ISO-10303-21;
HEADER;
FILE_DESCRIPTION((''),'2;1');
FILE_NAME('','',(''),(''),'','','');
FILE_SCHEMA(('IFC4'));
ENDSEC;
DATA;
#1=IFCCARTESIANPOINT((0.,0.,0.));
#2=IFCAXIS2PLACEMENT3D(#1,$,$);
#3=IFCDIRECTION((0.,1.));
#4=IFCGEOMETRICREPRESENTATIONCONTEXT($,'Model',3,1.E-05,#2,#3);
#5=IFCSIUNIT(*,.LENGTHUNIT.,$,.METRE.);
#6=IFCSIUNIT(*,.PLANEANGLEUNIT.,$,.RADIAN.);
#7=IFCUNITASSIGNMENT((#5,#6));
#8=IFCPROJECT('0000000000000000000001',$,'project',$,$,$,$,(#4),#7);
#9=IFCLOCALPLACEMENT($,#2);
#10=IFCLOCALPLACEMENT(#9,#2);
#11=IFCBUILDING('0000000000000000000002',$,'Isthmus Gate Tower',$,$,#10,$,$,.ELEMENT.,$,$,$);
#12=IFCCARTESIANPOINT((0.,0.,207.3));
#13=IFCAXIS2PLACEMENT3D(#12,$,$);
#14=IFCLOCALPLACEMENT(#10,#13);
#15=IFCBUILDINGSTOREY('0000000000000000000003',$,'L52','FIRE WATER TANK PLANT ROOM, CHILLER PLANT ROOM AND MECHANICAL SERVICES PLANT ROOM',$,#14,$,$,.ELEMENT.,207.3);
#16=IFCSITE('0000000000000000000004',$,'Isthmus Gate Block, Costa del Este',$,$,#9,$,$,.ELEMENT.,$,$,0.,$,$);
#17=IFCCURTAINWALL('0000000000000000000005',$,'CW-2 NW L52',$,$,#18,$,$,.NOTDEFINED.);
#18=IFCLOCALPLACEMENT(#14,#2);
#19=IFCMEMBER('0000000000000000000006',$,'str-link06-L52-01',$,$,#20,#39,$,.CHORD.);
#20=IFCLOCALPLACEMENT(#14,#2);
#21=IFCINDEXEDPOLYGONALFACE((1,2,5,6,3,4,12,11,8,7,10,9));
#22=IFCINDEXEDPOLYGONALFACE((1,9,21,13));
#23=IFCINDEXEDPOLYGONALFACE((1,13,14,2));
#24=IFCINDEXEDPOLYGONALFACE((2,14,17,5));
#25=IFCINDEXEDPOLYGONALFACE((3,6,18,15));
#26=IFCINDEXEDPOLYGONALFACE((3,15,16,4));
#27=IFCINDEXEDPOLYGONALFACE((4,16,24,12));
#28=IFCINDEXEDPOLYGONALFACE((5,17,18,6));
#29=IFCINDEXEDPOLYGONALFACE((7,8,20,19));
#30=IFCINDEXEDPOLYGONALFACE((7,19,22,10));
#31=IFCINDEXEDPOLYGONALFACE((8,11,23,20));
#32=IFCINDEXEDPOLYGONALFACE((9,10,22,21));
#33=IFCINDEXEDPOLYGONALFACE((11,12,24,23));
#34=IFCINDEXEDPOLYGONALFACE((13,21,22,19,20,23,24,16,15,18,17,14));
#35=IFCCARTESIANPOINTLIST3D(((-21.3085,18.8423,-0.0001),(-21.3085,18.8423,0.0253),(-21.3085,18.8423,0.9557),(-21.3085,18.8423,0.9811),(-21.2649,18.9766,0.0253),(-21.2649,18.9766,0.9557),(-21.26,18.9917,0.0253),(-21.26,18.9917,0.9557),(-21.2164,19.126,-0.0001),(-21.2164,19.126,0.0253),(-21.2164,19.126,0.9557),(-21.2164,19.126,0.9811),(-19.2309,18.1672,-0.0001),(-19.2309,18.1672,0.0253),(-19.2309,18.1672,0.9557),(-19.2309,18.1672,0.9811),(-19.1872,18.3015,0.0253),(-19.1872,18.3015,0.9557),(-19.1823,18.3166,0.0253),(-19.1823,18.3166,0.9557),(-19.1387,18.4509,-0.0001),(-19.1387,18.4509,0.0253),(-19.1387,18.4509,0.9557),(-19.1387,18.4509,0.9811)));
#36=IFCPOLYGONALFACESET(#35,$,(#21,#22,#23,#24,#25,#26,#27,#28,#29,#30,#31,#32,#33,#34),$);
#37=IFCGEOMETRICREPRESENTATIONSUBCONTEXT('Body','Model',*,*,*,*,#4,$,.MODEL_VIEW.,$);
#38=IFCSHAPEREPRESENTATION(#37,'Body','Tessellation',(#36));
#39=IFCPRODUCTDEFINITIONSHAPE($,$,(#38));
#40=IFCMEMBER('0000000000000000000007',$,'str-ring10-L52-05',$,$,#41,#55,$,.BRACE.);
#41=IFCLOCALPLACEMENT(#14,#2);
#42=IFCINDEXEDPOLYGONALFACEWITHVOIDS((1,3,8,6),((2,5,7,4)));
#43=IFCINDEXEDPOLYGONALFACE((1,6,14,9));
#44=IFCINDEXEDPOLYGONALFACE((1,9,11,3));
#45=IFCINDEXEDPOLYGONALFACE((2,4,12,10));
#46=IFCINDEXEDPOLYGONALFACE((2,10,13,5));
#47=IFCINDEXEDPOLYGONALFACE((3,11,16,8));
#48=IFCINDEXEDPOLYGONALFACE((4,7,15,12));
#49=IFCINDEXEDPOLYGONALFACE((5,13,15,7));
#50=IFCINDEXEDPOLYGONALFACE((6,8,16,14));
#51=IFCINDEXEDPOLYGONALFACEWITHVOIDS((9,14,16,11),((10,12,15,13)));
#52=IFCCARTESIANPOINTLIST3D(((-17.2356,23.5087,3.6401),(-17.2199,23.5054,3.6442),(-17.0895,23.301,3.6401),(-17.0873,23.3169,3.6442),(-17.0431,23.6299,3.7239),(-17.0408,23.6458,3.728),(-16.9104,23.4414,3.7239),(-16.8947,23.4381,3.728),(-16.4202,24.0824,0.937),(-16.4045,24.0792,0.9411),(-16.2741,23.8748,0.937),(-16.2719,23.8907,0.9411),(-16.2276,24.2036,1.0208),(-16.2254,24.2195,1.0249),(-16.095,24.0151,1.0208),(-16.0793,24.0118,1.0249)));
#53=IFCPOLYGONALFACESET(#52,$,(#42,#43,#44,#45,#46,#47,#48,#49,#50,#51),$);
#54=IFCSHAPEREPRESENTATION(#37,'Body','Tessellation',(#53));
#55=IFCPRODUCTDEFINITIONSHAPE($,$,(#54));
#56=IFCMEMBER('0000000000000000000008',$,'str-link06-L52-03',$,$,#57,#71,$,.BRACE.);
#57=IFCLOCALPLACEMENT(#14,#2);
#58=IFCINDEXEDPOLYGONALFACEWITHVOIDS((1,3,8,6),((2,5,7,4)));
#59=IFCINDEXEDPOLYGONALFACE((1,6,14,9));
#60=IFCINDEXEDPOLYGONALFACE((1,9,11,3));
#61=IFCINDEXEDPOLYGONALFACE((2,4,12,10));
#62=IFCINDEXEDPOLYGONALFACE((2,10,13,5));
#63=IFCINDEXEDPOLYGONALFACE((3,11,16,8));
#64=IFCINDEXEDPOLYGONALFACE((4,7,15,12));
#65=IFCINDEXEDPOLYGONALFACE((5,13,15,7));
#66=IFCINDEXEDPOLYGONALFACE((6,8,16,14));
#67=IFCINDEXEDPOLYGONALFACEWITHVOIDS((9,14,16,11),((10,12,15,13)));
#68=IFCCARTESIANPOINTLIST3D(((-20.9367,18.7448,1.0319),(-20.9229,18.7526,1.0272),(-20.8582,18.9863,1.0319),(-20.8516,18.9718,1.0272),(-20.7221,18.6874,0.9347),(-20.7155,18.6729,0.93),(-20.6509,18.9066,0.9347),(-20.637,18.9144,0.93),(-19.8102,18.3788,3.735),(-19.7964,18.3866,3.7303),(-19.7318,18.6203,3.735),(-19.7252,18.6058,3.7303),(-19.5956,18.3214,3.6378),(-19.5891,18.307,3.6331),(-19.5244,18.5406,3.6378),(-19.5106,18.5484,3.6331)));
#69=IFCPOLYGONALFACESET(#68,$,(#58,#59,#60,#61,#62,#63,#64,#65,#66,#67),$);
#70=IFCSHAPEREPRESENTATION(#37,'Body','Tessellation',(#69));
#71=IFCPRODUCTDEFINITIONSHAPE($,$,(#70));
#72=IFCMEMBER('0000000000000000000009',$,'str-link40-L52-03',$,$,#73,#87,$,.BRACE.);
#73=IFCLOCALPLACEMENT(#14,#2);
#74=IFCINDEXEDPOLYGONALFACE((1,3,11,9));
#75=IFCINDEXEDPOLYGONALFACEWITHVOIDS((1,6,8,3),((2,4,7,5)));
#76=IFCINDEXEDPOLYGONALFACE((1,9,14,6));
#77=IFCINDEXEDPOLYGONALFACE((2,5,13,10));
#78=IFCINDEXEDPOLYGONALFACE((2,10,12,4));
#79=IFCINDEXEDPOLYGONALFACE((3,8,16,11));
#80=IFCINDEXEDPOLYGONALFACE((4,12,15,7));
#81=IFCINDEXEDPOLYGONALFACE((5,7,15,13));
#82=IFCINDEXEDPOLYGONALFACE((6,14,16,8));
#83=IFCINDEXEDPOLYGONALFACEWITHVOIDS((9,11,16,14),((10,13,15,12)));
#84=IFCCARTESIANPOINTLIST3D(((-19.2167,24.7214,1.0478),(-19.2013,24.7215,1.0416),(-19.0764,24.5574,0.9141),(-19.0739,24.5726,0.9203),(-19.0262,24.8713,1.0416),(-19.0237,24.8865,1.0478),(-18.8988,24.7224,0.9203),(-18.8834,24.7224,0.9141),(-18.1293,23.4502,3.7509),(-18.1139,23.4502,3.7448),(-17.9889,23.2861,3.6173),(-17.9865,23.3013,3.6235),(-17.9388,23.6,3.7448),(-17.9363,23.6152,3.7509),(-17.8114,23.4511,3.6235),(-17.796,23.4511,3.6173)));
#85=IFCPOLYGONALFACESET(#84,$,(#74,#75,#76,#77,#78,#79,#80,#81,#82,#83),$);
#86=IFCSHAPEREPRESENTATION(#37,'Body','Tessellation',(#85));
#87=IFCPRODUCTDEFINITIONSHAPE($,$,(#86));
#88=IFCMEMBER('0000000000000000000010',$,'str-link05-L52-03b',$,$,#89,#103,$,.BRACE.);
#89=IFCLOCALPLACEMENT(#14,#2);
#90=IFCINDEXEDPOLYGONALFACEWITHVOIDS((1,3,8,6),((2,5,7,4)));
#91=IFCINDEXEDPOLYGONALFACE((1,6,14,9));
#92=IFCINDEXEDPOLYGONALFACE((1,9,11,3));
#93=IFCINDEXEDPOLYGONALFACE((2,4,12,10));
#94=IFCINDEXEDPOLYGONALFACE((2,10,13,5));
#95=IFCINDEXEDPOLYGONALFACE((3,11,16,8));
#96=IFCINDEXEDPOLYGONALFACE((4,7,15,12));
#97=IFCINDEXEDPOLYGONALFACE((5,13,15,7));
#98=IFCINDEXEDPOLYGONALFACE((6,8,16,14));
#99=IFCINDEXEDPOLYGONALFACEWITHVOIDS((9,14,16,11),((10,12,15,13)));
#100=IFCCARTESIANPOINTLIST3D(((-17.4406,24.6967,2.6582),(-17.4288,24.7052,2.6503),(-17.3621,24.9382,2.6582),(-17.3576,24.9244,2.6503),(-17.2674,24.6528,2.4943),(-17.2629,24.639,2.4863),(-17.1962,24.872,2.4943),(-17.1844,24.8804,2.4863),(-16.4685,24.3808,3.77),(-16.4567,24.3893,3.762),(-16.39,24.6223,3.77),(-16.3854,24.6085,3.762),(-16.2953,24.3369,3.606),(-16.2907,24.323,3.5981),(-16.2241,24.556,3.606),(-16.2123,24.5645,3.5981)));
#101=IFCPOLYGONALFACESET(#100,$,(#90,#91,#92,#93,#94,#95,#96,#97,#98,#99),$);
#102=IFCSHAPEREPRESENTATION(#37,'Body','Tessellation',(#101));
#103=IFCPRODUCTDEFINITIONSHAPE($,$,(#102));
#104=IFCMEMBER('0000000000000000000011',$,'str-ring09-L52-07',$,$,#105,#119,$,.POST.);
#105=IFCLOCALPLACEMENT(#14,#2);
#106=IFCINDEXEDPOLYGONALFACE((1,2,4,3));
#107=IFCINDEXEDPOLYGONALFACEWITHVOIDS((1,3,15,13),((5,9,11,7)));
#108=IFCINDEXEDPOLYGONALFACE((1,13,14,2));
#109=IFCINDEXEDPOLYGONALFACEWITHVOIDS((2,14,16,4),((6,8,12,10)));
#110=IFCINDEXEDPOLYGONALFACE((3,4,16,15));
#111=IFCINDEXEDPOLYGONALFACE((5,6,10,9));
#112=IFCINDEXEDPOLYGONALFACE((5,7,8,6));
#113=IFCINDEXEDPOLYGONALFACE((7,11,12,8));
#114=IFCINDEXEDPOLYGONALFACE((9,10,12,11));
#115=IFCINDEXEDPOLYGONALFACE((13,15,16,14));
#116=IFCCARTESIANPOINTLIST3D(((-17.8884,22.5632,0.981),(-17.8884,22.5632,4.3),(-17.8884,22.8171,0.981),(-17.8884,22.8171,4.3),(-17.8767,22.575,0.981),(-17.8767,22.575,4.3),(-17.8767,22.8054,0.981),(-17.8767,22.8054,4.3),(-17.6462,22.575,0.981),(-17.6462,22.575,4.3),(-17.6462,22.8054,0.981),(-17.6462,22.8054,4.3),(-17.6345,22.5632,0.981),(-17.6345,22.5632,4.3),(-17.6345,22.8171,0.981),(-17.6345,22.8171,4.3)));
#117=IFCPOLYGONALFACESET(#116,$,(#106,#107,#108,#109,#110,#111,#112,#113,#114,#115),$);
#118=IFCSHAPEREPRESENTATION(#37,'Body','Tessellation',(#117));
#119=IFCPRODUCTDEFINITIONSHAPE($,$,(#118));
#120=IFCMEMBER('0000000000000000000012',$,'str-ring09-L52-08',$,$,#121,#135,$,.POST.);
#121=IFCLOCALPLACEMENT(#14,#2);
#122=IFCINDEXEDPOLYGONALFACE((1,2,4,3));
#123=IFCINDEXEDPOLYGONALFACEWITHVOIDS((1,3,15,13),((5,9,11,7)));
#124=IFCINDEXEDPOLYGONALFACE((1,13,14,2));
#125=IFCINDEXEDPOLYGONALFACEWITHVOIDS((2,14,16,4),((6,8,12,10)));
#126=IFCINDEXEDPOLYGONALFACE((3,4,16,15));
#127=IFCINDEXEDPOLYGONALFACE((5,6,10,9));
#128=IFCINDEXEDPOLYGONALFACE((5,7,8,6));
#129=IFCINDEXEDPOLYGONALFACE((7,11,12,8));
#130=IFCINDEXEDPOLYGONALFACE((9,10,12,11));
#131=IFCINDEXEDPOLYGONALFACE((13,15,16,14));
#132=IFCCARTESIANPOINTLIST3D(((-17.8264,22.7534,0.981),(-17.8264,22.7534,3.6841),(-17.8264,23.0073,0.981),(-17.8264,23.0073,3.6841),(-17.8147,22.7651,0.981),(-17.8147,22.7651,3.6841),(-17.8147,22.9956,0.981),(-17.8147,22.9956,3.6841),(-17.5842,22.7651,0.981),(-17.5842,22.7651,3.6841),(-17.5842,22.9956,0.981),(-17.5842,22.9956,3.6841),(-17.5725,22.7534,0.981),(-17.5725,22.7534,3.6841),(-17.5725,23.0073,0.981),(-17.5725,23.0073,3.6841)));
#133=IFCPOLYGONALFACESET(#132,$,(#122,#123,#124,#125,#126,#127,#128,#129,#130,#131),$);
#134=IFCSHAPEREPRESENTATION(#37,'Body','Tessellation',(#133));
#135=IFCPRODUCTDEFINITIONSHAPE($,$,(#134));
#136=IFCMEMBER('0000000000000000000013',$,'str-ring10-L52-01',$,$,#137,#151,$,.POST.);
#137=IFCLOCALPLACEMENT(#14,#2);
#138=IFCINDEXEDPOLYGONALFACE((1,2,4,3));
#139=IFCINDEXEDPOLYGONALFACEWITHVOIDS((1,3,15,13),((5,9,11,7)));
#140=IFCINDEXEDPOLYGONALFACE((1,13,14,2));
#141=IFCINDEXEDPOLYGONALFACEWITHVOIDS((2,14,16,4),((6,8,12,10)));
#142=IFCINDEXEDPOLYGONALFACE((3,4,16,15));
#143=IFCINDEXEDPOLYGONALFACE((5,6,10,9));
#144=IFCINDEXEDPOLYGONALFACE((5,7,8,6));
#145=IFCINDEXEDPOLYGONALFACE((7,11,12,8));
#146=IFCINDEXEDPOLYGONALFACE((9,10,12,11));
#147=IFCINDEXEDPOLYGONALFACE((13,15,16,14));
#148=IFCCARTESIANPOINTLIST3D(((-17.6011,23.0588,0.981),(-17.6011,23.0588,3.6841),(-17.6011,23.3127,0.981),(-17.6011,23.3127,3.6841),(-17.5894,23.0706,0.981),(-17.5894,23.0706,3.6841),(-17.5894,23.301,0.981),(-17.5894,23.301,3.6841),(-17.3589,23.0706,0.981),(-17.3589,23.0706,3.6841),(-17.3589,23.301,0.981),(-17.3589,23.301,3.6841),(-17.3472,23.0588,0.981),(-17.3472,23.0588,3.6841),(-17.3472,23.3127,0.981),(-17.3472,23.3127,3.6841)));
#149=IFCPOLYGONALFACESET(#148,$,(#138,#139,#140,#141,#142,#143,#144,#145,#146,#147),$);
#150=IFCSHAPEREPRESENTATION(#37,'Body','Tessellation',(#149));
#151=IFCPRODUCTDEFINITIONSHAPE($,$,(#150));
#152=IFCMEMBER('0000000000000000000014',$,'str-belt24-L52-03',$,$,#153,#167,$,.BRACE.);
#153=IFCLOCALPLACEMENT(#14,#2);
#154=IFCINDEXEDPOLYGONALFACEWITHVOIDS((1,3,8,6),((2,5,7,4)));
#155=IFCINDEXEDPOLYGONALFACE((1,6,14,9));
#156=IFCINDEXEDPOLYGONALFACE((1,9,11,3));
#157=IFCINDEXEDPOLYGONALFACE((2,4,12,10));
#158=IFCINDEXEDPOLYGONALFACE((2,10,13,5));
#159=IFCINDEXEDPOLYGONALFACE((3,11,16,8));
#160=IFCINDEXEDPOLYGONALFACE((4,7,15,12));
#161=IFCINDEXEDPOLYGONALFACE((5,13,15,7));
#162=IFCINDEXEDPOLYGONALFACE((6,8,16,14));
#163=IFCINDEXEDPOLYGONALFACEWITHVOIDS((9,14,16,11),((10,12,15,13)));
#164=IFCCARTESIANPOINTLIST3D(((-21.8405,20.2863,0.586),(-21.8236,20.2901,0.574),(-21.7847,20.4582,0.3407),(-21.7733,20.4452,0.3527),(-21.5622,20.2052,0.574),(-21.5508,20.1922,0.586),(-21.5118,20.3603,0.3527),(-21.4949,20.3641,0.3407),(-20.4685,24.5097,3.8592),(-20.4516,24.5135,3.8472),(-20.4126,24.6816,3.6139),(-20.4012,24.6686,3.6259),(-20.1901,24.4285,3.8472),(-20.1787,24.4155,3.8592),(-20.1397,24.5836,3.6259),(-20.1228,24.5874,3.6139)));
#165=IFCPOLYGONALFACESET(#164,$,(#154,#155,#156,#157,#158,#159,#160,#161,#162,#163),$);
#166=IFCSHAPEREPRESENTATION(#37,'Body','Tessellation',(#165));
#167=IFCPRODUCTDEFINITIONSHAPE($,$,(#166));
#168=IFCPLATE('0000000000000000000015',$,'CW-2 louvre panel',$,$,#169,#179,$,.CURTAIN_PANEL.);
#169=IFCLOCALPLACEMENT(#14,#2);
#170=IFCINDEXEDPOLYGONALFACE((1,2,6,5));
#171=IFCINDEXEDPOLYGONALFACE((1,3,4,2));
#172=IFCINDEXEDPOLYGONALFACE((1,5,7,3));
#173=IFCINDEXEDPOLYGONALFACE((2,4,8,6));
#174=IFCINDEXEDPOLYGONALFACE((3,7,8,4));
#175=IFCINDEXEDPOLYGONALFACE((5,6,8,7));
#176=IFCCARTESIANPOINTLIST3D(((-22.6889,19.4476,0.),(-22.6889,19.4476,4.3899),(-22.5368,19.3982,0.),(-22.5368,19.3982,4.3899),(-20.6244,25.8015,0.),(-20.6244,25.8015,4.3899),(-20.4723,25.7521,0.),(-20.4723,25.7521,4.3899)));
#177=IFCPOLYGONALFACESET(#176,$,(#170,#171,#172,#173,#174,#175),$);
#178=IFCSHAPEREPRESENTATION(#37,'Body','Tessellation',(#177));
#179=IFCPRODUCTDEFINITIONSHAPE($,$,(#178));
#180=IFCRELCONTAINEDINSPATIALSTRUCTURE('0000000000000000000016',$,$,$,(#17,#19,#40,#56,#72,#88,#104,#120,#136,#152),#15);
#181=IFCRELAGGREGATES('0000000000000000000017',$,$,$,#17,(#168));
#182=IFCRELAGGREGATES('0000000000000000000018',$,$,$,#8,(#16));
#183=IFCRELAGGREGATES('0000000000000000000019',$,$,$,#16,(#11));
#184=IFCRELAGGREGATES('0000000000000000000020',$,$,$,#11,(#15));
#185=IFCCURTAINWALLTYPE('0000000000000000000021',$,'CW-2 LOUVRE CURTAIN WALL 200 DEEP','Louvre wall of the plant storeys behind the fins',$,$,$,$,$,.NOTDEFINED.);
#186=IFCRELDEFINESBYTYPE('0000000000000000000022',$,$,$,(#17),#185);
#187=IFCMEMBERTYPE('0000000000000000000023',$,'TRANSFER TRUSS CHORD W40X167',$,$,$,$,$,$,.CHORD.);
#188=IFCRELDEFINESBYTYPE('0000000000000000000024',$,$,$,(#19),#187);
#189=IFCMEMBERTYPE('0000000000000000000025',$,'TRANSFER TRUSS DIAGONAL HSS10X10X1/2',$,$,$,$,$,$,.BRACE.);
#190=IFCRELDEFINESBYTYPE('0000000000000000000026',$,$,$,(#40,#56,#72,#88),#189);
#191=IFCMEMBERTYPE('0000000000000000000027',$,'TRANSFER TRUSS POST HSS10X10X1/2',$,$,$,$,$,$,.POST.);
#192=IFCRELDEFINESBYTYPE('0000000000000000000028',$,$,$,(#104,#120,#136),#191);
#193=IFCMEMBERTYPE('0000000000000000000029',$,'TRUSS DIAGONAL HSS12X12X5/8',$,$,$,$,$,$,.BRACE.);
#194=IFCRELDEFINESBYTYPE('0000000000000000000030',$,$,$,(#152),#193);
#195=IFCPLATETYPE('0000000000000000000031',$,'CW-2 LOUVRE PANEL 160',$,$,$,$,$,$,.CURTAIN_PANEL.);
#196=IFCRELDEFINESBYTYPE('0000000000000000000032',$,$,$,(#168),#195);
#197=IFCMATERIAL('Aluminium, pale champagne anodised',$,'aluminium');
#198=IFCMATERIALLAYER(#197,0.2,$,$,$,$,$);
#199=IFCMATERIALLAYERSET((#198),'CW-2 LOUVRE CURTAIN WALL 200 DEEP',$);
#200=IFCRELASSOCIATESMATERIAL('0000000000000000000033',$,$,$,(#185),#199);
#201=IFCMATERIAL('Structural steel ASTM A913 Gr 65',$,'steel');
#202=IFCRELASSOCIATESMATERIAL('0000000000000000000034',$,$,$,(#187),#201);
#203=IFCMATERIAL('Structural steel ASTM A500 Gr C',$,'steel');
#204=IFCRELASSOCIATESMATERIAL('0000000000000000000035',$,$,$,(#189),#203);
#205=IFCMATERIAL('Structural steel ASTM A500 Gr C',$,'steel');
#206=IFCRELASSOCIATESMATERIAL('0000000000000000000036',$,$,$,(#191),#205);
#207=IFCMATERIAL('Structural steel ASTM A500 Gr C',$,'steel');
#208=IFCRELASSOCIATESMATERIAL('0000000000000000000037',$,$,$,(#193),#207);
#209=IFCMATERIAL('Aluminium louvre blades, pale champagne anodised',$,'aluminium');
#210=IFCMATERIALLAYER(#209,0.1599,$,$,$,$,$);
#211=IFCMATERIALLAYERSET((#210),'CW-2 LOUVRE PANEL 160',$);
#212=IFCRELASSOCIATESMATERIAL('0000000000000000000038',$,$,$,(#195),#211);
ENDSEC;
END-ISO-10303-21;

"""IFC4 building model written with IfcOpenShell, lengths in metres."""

from ifc_helpers import new_model, si_unit, direction, frame, origin, origin_2d, place, context, subcontext, project, spatial, rectangle, hollow_rectangle, i_section, extrude, material, layer, layer_set, material_profile, profile_set, type_object, element, aggregate, save


model = new_model("IFC4")

# Units and contexts
model_context = context("Model", 3, precision=1e-05, world=origin(), true_north=direction((0.0, 1.0)))
body_context = subcontext(model_context, "Body", "Model", "MODEL_VIEW")
ifc_project = project(units=[si_unit("LENGTHUNIT", "METRE"), si_unit("PLANEANGLEUNIT", "RADIAN")], contexts=[model_context])

# Site, building, storey
site_placement = place(None, origin())
site = spatial("IfcSite", under=ifc_project, at=site_placement, Name="Isthmus Gate Block, Costa del Este", CompositionType="ELEMENT", RefElevation=0.0)
building_placement = place(site_placement, origin())
building = spatial("IfcBuilding", under=site, at=building_placement, Name="Isthmus Gate Tower", CompositionType="ELEMENT")
storey_placement = place(building_placement, frame((0.0, 0.0, 207.3)))
storey = spatial("IfcBuildingStorey", under=building, at=storey_placement, Name="L52", Description="FIRE WATER TANK PLANT ROOM, CHILLER PLANT ROOM AND MECHANICAL SERVICES PLANT ROOM", CompositionType="ELEMENT", Elevation=207.3)

# Curtain wall
ifc_material_1 = material(Name="Aluminium, pale champagne anodised", Category="aluminium")
ifc_layer_1 = layer(ifc_material_1, 0.2)
ifc_layer_set_1 = layer_set([ifc_layer_1], Name="CW-2 LOUVRE CURTAIN WALL 200 DEEP")
curtain_wall_type = type_object("IfcCurtainWallType", Name="CW-2 LOUVRE CURTAIN WALL 200 DEEP", Description="Louvre wall of the plant storeys behind the fins", PredefinedType="NOTDEFINED", material=ifc_layer_set_1)
curtain_wall_placement = place(storey_placement, origin())
curtain_wall = element("IfcCurtainWall", 1, at=curtain_wall_placement, inside=storey, type_object=curtain_wall_type, Name="CW-2 NW L52", PredefinedType="NOTDEFINED")

# Members
ifc_material_2 = material(Name="Structural steel ASTM A913 Gr 65", Category="steel")
ifc_material_profile_1 = material_profile(ifc_material_2, i_section(OverallWidth=0.2983, OverallDepth=0.9812, WebThickness=0.0159, FlangeThickness=0.0254, at=origin_2d()), Name="W40X167")
ifc_profile_set_1 = profile_set([ifc_material_profile_1], Name="Structural steel ASTM A913 Gr 65")
member_type_1 = type_object("IfcMemberType", Name="TRANSFER TRUSS CHORD W40X167", PredefinedType="CHORD", material=ifc_profile_set_1)
member_1_placement = place(storey_placement, frame((-21.2625, 18.9841, 0.4905), z_axis=(0.951059, -0.30901, 0.0), x_axis=(0.30901, 0.951059, 0.0)))
element("IfcMember", 2, at=member_1_placement, inside=storey, type_object=member_type_1, Name="str-link06-L52-01", PredefinedType="CHORD", context=body_context, shape_type="SweptSolid", body=[
    extrude(i_section(OverallWidth=0.2983, OverallDepth=0.9812, WebThickness=0.0159, FlangeThickness=0.0254, at=origin_2d()), origin(), (0.0, 0.0, 1.0), 2.1846),
])
ifc_material_3 = material(Name="Structural steel ASTM A500 Gr C", Category="steel")
ifc_material_profile_2 = material_profile(ifc_material_3, hollow_rectangle(XDim=0.2539, YDim=0.2539, WallThickness=0.0117, at=origin_2d()), Name="HSS10X10X1/2")
ifc_profile_set_2 = profile_set([ifc_material_profile_2], Name="Structural steel ASTM A500 Gr C")
member_type_2 = type_object("IfcMemberType", Name="TRANSFER TRUSS DIAGONAL HSS10X10X1/2", PredefinedType="BRACE", material=ifc_profile_set_2)
member_2_placement = place(storey_placement, frame((-16.2498, 24.0471, 0.981), z_axis=(-0.283023, -0.199133, 0.938213), x_axis=(0.575433, -0.817849, 0.0)))
element("IfcMember", 3, at=member_2_placement, inside=storey, type_object=member_type_2, Name="str-ring10-L52-05", PredefinedType="BRACE", context=body_context, shape_type="SweptSolid", body=[
    extrude(hollow_rectangle(XDim=0.2539, YDim=0.2539, WallThickness=0.0117, at=origin_2d()), origin(), (0.0, 0.0, 1.0), 2.8811),
])
member_3_placement = place(storey_placement, frame((-20.7869, 18.8296, 0.981), z_axis=(0.381694, -0.124005, 0.915933), x_axis=(0.308984, 0.951067, 0.0)))
element("IfcMember", 4, at=member_3_placement, inside=storey, type_object=member_type_2, Name="str-link06-L52-03", PredefinedType="BRACE", context=body_context, shape_type="SweptSolid", body=[
    extrude(hollow_rectangle(XDim=0.2539, YDim=0.2539, WallThickness=0.0117, at=origin_2d()), origin(), (0.0, 0.0, 1.0), 2.9512),
])
member_4_placement = place(storey_placement, frame((-19.05, 24.7219, 0.981), z_axis=(0.342069, -0.3999, 0.850334), x_axis=(0.759916, 0.650022, 0.0)))
element("IfcMember", 5, at=member_4_placement, inside=storey, type_object=member_type_2, Name="str-link40-L52-03", PredefinedType="BRACE", context=body_context, shape_type="SweptSolid", body=[
    extrude(hollow_rectangle(XDim=0.2539, YDim=0.2539, WallThickness=0.0117, at=origin_2d()), origin(), (0.0, 0.0, 1.0), 3.179),
])
member_5_placement = place(storey_placement, frame((-17.3125, 24.7886, 2.5723), z_axis=(0.643686, -0.209174, 0.736149), x_axis=(0.309054, 0.951045, 0.0)))
element("IfcMember", 6, at=member_5_placement, inside=storey, type_object=member_type_2, Name="str-link05-L52-03b", PredefinedType="BRACE", context=body_context, shape_type="SweptSolid", body=[
    extrude(hollow_rectangle(XDim=0.2539, YDim=0.2539, WallThickness=0.0117, at=origin_2d()), origin(), (0.0, 0.0, 1.0), 1.5103),
])
ifc_material_4 = material(Name="Structural steel ASTM A500 Gr C", Category="steel")
ifc_material_profile_3 = material_profile(ifc_material_4, hollow_rectangle(XDim=0.2539, YDim=0.2539, WallThickness=0.0117, at=origin_2d()), Name="HSS10X10X1/2")
ifc_profile_set_3 = profile_set([ifc_material_profile_3], Name="Structural steel ASTM A500 Gr C")
member_type_3 = type_object("IfcMemberType", Name="TRANSFER TRUSS POST HSS10X10X1/2", PredefinedType="POST", material=ifc_profile_set_3)
member_6_placement = place(storey_placement, frame((-17.7615, 22.6902, 0.981), z_axis=(0.0, 0.0, 1.0), x_axis=(1.0, 0.0, 0.0)))
element("IfcMember", 7, at=member_6_placement, inside=storey, type_object=member_type_3, Name="str-ring09-L52-07", PredefinedType="POST", context=body_context, shape_type="SweptSolid", body=[
    extrude(hollow_rectangle(XDim=0.2539, YDim=0.2539, WallThickness=0.0117, at=origin_2d()), origin(), (0.0, 0.0, 1.0), 3.3191),
])
for number, where, z_axis, x_axis, name in (
    (8, (-17.6995, 22.8804, 0.981), (0.0, 0.0, 1.0), (1.0, 0.0, 0.0), "str-ring09-L52-08"),
    (9, (-17.4741, 23.1858, 0.981), (0.0, 0.0, 1.0), (1.0, 0.0, 0.0), "str-ring10-L52-01"),
):
    element("IfcMember", number, at=place(storey_placement, frame(where, z_axis=z_axis, x_axis=x_axis)), inside=storey, type_object=member_type_3, Name=name, PredefinedType="POST", context=body_context, shape_type="SweptSolid", body=[
        extrude(hollow_rectangle(XDim=0.2539, YDim=0.2539, WallThickness=0.0117, at=origin_2d()), origin(), (0.0, 0.0, 1.0), 2.7031),
    ])
ifc_material_5 = material(Name="Structural steel ASTM A500 Gr C", Category="steel")
ifc_material_profile_4 = material_profile(ifc_material_5, hollow_rectangle(XDim=0.3047, YDim=0.3047, WallThickness=0.0149, at=origin_2d()), Name="HSS12X12X5/8")
ifc_profile_set_4 = profile_set([ifc_material_profile_4], Name="Structural steel ASTM A500 Gr C")
member_type_4 = type_object("IfcMemberType", Name="TRUSS DIAGONAL HSS12X12X5/8", PredefinedType="BRACE", material=ifc_profile_set_4)
member_7_placement = place(storey_placement, frame((-21.6677, 20.3252, 0.4634), z_axis=(0.248715, 0.765572, 0.59333), x_axis=(-0.951069, 0.308978, 0.0)))
element("IfcMember", 10, at=member_7_placement, inside=storey, type_object=member_type_4, Name="str-belt24-L52-03", PredefinedType="BRACE", context=body_context, shape_type="SweptSolid", body=[
    extrude(hollow_rectangle(XDim=0.3047, YDim=0.3047, WallThickness=0.0149, at=origin_2d()), origin(), (0.0, 0.0, 1.0), 5.5166),
])

# Plate
ifc_material_6 = material(Name="Aluminium louvre blades, pale champagne anodised", Category="aluminium")
ifc_layer_2 = layer(ifc_material_6, 0.1599)
ifc_layer_set_2 = layer_set([ifc_layer_2], Name="CW-2 LOUVRE PANEL 160")
plate_type = type_object("IfcPlateType", Name="CW-2 LOUVRE PANEL 160", PredefinedType="CURTAIN_PANEL", material=ifc_layer_set_2)
plate_placement = place(storey_placement, frame((-21.5806, 22.5999, 0.0), z_axis=(0.0, 0.0, 1.0), x_axis=(-0.309017, -0.951057, 0.0)))
plate = element("IfcPlate", 11, at=plate_placement, type_object=plate_type, Name="CW-2 louvre panel", PredefinedType="CURTAIN_PANEL", context=body_context, shape_type="SweptSolid", body=[
    extrude(rectangle(XDim=6.6809, YDim=0.1599, at=origin_2d()), origin(), (0.0, 0.0, 1.0), 4.3899),
])
aggregate(curtain_wall, [plate])

save(model, "model.ifc")
